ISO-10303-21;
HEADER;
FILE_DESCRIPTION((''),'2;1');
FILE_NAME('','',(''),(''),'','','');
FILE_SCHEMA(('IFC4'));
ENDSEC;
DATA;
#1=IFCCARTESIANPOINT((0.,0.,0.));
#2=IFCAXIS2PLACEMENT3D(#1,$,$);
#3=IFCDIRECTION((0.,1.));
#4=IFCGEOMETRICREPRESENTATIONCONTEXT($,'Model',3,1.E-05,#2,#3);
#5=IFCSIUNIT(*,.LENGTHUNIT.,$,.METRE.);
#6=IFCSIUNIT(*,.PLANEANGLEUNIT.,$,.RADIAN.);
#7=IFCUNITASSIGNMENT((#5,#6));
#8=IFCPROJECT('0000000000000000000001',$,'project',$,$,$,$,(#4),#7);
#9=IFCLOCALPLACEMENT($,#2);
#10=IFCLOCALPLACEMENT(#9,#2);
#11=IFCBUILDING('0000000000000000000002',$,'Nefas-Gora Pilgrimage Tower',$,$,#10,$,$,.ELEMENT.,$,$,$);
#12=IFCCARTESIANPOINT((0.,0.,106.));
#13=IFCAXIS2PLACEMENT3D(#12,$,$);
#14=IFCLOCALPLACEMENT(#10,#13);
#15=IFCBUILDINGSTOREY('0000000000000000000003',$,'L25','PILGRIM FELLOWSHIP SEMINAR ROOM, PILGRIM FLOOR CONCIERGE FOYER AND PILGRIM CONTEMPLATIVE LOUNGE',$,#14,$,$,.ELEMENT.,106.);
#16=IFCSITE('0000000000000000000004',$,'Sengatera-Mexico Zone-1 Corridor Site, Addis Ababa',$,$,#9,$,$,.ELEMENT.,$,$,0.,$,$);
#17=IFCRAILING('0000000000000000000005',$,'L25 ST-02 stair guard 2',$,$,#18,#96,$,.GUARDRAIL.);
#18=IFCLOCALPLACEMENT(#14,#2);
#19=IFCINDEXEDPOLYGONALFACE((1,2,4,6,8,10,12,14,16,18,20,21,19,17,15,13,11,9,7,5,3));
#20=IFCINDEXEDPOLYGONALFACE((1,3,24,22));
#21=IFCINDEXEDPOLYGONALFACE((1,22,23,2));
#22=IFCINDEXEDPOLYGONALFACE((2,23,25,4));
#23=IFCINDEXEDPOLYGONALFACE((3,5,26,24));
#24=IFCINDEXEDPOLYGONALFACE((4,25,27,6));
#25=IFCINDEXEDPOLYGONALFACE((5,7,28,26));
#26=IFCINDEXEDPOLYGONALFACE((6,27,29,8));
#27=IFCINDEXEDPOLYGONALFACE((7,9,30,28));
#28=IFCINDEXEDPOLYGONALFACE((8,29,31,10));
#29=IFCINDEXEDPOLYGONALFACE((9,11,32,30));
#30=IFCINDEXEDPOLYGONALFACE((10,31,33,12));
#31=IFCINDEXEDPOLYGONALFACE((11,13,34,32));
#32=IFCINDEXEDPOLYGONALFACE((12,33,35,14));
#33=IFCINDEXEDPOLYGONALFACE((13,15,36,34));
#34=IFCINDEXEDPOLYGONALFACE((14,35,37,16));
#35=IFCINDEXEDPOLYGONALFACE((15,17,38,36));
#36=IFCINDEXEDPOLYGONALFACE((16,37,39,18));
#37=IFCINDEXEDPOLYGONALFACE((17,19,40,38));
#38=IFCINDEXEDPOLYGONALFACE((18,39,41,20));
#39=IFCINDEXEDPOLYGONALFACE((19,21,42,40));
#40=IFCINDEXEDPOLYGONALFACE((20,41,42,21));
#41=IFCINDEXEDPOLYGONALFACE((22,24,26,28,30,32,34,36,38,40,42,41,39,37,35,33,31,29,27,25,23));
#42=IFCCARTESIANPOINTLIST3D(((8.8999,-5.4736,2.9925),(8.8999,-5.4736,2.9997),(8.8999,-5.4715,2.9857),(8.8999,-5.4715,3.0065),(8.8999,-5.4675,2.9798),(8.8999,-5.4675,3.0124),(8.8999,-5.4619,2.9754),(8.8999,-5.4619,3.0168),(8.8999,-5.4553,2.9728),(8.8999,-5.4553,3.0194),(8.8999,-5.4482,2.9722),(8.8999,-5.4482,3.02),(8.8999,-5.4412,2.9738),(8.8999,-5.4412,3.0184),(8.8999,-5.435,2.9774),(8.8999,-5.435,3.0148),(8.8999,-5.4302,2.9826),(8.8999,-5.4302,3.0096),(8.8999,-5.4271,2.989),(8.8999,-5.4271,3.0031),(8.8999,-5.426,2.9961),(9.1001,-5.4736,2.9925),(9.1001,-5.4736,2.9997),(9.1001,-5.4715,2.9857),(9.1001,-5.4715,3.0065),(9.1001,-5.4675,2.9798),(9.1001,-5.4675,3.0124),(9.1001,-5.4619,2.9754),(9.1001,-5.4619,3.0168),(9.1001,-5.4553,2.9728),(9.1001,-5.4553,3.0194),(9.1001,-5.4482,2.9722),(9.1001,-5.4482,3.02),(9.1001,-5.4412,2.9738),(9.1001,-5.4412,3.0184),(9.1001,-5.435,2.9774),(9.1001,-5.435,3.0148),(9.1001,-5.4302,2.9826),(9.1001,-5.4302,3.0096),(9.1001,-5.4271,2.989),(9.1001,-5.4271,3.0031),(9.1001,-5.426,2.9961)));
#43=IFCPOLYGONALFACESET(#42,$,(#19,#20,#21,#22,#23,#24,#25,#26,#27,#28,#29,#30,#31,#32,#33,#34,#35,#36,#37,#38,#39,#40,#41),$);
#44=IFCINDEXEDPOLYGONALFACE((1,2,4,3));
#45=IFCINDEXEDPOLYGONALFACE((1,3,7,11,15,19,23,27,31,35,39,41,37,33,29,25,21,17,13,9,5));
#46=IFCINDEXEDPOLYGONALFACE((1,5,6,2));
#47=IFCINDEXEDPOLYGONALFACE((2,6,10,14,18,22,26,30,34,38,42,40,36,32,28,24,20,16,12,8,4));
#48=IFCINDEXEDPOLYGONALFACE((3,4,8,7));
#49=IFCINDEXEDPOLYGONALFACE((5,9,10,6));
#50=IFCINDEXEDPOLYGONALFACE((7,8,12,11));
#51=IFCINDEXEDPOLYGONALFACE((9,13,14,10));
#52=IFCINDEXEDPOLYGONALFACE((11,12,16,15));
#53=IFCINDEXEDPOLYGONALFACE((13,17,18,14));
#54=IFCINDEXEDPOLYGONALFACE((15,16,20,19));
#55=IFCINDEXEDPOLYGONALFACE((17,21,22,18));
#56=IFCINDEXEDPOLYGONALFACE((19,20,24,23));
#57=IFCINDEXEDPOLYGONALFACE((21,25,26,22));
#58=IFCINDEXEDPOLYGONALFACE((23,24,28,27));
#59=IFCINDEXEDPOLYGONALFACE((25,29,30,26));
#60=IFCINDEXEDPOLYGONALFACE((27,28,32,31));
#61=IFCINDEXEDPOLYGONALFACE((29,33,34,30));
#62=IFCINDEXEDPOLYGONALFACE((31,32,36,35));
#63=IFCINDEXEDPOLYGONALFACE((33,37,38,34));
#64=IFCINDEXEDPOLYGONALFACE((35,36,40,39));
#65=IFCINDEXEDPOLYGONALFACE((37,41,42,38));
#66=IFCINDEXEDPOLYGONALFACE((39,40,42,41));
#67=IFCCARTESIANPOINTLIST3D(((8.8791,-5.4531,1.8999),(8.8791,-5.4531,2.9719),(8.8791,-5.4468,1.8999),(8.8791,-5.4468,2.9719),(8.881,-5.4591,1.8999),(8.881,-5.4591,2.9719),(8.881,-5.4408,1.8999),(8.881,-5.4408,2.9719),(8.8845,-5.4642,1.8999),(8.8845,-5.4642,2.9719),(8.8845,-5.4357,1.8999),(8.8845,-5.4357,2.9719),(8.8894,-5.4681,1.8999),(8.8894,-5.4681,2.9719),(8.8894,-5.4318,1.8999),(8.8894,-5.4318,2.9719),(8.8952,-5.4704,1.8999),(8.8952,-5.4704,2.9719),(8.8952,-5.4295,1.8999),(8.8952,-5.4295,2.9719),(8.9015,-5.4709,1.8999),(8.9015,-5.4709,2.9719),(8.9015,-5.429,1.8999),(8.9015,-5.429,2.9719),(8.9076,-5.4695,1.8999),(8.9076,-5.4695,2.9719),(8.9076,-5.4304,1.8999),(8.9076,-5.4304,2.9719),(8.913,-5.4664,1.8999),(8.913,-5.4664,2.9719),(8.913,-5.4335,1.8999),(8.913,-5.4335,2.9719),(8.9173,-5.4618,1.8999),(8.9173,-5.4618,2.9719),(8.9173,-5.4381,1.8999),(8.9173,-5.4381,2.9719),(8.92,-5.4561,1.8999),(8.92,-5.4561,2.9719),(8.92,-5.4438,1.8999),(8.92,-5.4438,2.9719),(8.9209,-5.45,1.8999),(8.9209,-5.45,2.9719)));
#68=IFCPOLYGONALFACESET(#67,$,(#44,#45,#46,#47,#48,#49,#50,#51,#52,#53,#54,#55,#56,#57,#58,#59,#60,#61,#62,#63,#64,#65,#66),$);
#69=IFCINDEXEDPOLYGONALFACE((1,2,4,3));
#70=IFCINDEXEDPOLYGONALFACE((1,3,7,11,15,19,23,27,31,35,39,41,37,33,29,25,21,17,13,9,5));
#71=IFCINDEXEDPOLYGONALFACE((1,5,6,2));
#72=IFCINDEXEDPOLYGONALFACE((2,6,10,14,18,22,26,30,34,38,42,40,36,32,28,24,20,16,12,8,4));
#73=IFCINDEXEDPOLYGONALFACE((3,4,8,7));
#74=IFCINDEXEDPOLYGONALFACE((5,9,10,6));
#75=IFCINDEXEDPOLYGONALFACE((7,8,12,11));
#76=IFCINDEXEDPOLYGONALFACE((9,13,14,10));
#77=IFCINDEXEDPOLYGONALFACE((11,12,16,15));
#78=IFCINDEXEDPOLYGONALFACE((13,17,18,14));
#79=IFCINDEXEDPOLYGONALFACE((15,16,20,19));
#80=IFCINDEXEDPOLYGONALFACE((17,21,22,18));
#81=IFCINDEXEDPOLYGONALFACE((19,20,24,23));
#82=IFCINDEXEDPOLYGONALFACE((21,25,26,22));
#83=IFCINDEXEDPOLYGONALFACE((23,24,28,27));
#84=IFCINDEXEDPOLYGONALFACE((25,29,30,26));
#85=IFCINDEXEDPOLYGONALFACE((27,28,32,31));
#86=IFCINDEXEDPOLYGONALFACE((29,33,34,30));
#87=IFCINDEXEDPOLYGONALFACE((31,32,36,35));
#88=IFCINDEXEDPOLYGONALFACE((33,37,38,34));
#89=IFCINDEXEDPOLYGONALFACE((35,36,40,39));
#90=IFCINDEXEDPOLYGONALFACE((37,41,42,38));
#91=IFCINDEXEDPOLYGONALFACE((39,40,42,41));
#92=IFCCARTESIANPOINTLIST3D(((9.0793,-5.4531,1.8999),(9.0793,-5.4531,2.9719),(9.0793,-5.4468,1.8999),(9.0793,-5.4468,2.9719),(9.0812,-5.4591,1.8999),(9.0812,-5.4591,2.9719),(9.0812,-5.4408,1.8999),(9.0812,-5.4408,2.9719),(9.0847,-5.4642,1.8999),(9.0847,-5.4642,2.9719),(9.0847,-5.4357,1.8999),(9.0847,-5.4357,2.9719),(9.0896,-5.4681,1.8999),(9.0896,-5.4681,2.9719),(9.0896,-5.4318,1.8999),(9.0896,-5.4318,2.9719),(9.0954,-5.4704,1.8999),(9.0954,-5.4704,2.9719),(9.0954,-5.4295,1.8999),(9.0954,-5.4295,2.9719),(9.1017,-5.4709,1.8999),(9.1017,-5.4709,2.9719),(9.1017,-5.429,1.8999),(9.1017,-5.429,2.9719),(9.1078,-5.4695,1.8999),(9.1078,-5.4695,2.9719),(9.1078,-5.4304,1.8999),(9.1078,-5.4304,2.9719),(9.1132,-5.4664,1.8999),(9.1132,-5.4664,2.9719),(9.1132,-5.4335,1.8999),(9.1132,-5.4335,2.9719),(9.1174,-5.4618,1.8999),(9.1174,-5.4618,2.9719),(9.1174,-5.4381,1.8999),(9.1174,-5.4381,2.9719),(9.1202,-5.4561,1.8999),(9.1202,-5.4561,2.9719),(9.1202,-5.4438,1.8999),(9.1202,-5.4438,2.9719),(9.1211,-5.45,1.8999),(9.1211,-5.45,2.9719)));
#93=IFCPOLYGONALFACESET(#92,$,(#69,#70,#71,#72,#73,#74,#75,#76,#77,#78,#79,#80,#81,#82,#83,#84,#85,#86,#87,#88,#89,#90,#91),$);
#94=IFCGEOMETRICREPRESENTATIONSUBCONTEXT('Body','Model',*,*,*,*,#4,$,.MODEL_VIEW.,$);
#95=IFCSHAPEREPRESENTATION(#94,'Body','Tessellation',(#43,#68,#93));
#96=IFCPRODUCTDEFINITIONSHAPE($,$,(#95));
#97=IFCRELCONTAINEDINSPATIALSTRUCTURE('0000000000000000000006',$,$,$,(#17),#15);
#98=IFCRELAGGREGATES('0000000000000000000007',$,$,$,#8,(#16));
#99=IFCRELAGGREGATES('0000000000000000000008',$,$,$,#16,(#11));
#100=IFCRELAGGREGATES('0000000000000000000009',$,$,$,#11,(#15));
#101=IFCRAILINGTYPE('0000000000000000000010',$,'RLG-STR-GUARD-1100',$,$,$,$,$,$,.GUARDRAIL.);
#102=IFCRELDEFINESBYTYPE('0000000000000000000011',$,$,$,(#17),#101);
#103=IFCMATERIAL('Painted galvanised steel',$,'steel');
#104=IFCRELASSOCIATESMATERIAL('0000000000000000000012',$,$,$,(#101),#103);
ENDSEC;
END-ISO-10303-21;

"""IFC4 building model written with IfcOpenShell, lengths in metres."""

from ifc_helpers import new_model, si_unit, direction, frame, origin, origin_2d, place, context, subcontext, project, spatial, circle, extrude, material, type_object, element, save


model = new_model("IFC4")

# Units and contexts
model_context = context("Model", 3, precision=1e-05, world=origin(), true_north=direction((0.0, 1.0)))
body_context = subcontext(model_context, "Body", "Model", "MODEL_VIEW")
ifc_project = project(units=[si_unit("LENGTHUNIT", "METRE"), si_unit("PLANEANGLEUNIT", "RADIAN")], contexts=[model_context])

# Site, building, storey
site_placement = place(None, origin())
site = spatial("IfcSite", under=ifc_project, at=site_placement, Name="Sengatera-Mexico Zone-1 Corridor Site, Addis Ababa", CompositionType="ELEMENT", RefElevation=0.0)
building_placement = place(site_placement, origin())
building = spatial("IfcBuilding", under=site, at=building_placement, Name="Nefas-Gora Pilgrimage Tower", CompositionType="ELEMENT")
storey_placement = place(building_placement, frame((0.0, 0.0, 106.0)))
storey = spatial("IfcBuildingStorey", under=building, at=storey_placement, Name="L25", Description="PILGRIM FELLOWSHIP SEMINAR ROOM, PILGRIM FLOOR CONCIERGE FOYER AND PILGRIM CONTEMPLATIVE LOUNGE", CompositionType="ELEMENT", Elevation=106.0)

# Railing
ifc_material_1 = material(Name="Painted galvanised steel", Category="steel")
railing_type_1 = type_object("IfcRailingType", Name="RLG-STR-GUARD-1100", PredefinedType="GUARDRAIL", material=ifc_material_1)
railing_1_placement = place(storey_placement, frame((8.8999, -5.45, 1.8999)))
element("IfcRailing", 1, at=railing_1_placement, inside=storey, type_object=railing_type_1, Name="L25 ST-02 stair guard 2", PredefinedType="GUARDRAIL", context=body_context, shape_type="SweptSolid", body=[
    extrude(circle(Radius=0.0239, at=origin_2d()), frame((0.0, 0.0, 1.0962), z_axis=(1.0, 0.0, 0.0), x_axis=(0.0, 1.0, 0.0)), (0.0, 0.0, 1.0), 0.2002),
    extrude(circle(Radius=0.021, at=origin_2d()), origin(), (0.0, 0.0, 1.0), 1.072),
    extrude(circle(Radius=0.021, at=origin_2d()), frame((0.2002, 0.0, 0.0)), (0.0, 0.0, 1.0), 1.072),
])

save(model, "model.ifc")
